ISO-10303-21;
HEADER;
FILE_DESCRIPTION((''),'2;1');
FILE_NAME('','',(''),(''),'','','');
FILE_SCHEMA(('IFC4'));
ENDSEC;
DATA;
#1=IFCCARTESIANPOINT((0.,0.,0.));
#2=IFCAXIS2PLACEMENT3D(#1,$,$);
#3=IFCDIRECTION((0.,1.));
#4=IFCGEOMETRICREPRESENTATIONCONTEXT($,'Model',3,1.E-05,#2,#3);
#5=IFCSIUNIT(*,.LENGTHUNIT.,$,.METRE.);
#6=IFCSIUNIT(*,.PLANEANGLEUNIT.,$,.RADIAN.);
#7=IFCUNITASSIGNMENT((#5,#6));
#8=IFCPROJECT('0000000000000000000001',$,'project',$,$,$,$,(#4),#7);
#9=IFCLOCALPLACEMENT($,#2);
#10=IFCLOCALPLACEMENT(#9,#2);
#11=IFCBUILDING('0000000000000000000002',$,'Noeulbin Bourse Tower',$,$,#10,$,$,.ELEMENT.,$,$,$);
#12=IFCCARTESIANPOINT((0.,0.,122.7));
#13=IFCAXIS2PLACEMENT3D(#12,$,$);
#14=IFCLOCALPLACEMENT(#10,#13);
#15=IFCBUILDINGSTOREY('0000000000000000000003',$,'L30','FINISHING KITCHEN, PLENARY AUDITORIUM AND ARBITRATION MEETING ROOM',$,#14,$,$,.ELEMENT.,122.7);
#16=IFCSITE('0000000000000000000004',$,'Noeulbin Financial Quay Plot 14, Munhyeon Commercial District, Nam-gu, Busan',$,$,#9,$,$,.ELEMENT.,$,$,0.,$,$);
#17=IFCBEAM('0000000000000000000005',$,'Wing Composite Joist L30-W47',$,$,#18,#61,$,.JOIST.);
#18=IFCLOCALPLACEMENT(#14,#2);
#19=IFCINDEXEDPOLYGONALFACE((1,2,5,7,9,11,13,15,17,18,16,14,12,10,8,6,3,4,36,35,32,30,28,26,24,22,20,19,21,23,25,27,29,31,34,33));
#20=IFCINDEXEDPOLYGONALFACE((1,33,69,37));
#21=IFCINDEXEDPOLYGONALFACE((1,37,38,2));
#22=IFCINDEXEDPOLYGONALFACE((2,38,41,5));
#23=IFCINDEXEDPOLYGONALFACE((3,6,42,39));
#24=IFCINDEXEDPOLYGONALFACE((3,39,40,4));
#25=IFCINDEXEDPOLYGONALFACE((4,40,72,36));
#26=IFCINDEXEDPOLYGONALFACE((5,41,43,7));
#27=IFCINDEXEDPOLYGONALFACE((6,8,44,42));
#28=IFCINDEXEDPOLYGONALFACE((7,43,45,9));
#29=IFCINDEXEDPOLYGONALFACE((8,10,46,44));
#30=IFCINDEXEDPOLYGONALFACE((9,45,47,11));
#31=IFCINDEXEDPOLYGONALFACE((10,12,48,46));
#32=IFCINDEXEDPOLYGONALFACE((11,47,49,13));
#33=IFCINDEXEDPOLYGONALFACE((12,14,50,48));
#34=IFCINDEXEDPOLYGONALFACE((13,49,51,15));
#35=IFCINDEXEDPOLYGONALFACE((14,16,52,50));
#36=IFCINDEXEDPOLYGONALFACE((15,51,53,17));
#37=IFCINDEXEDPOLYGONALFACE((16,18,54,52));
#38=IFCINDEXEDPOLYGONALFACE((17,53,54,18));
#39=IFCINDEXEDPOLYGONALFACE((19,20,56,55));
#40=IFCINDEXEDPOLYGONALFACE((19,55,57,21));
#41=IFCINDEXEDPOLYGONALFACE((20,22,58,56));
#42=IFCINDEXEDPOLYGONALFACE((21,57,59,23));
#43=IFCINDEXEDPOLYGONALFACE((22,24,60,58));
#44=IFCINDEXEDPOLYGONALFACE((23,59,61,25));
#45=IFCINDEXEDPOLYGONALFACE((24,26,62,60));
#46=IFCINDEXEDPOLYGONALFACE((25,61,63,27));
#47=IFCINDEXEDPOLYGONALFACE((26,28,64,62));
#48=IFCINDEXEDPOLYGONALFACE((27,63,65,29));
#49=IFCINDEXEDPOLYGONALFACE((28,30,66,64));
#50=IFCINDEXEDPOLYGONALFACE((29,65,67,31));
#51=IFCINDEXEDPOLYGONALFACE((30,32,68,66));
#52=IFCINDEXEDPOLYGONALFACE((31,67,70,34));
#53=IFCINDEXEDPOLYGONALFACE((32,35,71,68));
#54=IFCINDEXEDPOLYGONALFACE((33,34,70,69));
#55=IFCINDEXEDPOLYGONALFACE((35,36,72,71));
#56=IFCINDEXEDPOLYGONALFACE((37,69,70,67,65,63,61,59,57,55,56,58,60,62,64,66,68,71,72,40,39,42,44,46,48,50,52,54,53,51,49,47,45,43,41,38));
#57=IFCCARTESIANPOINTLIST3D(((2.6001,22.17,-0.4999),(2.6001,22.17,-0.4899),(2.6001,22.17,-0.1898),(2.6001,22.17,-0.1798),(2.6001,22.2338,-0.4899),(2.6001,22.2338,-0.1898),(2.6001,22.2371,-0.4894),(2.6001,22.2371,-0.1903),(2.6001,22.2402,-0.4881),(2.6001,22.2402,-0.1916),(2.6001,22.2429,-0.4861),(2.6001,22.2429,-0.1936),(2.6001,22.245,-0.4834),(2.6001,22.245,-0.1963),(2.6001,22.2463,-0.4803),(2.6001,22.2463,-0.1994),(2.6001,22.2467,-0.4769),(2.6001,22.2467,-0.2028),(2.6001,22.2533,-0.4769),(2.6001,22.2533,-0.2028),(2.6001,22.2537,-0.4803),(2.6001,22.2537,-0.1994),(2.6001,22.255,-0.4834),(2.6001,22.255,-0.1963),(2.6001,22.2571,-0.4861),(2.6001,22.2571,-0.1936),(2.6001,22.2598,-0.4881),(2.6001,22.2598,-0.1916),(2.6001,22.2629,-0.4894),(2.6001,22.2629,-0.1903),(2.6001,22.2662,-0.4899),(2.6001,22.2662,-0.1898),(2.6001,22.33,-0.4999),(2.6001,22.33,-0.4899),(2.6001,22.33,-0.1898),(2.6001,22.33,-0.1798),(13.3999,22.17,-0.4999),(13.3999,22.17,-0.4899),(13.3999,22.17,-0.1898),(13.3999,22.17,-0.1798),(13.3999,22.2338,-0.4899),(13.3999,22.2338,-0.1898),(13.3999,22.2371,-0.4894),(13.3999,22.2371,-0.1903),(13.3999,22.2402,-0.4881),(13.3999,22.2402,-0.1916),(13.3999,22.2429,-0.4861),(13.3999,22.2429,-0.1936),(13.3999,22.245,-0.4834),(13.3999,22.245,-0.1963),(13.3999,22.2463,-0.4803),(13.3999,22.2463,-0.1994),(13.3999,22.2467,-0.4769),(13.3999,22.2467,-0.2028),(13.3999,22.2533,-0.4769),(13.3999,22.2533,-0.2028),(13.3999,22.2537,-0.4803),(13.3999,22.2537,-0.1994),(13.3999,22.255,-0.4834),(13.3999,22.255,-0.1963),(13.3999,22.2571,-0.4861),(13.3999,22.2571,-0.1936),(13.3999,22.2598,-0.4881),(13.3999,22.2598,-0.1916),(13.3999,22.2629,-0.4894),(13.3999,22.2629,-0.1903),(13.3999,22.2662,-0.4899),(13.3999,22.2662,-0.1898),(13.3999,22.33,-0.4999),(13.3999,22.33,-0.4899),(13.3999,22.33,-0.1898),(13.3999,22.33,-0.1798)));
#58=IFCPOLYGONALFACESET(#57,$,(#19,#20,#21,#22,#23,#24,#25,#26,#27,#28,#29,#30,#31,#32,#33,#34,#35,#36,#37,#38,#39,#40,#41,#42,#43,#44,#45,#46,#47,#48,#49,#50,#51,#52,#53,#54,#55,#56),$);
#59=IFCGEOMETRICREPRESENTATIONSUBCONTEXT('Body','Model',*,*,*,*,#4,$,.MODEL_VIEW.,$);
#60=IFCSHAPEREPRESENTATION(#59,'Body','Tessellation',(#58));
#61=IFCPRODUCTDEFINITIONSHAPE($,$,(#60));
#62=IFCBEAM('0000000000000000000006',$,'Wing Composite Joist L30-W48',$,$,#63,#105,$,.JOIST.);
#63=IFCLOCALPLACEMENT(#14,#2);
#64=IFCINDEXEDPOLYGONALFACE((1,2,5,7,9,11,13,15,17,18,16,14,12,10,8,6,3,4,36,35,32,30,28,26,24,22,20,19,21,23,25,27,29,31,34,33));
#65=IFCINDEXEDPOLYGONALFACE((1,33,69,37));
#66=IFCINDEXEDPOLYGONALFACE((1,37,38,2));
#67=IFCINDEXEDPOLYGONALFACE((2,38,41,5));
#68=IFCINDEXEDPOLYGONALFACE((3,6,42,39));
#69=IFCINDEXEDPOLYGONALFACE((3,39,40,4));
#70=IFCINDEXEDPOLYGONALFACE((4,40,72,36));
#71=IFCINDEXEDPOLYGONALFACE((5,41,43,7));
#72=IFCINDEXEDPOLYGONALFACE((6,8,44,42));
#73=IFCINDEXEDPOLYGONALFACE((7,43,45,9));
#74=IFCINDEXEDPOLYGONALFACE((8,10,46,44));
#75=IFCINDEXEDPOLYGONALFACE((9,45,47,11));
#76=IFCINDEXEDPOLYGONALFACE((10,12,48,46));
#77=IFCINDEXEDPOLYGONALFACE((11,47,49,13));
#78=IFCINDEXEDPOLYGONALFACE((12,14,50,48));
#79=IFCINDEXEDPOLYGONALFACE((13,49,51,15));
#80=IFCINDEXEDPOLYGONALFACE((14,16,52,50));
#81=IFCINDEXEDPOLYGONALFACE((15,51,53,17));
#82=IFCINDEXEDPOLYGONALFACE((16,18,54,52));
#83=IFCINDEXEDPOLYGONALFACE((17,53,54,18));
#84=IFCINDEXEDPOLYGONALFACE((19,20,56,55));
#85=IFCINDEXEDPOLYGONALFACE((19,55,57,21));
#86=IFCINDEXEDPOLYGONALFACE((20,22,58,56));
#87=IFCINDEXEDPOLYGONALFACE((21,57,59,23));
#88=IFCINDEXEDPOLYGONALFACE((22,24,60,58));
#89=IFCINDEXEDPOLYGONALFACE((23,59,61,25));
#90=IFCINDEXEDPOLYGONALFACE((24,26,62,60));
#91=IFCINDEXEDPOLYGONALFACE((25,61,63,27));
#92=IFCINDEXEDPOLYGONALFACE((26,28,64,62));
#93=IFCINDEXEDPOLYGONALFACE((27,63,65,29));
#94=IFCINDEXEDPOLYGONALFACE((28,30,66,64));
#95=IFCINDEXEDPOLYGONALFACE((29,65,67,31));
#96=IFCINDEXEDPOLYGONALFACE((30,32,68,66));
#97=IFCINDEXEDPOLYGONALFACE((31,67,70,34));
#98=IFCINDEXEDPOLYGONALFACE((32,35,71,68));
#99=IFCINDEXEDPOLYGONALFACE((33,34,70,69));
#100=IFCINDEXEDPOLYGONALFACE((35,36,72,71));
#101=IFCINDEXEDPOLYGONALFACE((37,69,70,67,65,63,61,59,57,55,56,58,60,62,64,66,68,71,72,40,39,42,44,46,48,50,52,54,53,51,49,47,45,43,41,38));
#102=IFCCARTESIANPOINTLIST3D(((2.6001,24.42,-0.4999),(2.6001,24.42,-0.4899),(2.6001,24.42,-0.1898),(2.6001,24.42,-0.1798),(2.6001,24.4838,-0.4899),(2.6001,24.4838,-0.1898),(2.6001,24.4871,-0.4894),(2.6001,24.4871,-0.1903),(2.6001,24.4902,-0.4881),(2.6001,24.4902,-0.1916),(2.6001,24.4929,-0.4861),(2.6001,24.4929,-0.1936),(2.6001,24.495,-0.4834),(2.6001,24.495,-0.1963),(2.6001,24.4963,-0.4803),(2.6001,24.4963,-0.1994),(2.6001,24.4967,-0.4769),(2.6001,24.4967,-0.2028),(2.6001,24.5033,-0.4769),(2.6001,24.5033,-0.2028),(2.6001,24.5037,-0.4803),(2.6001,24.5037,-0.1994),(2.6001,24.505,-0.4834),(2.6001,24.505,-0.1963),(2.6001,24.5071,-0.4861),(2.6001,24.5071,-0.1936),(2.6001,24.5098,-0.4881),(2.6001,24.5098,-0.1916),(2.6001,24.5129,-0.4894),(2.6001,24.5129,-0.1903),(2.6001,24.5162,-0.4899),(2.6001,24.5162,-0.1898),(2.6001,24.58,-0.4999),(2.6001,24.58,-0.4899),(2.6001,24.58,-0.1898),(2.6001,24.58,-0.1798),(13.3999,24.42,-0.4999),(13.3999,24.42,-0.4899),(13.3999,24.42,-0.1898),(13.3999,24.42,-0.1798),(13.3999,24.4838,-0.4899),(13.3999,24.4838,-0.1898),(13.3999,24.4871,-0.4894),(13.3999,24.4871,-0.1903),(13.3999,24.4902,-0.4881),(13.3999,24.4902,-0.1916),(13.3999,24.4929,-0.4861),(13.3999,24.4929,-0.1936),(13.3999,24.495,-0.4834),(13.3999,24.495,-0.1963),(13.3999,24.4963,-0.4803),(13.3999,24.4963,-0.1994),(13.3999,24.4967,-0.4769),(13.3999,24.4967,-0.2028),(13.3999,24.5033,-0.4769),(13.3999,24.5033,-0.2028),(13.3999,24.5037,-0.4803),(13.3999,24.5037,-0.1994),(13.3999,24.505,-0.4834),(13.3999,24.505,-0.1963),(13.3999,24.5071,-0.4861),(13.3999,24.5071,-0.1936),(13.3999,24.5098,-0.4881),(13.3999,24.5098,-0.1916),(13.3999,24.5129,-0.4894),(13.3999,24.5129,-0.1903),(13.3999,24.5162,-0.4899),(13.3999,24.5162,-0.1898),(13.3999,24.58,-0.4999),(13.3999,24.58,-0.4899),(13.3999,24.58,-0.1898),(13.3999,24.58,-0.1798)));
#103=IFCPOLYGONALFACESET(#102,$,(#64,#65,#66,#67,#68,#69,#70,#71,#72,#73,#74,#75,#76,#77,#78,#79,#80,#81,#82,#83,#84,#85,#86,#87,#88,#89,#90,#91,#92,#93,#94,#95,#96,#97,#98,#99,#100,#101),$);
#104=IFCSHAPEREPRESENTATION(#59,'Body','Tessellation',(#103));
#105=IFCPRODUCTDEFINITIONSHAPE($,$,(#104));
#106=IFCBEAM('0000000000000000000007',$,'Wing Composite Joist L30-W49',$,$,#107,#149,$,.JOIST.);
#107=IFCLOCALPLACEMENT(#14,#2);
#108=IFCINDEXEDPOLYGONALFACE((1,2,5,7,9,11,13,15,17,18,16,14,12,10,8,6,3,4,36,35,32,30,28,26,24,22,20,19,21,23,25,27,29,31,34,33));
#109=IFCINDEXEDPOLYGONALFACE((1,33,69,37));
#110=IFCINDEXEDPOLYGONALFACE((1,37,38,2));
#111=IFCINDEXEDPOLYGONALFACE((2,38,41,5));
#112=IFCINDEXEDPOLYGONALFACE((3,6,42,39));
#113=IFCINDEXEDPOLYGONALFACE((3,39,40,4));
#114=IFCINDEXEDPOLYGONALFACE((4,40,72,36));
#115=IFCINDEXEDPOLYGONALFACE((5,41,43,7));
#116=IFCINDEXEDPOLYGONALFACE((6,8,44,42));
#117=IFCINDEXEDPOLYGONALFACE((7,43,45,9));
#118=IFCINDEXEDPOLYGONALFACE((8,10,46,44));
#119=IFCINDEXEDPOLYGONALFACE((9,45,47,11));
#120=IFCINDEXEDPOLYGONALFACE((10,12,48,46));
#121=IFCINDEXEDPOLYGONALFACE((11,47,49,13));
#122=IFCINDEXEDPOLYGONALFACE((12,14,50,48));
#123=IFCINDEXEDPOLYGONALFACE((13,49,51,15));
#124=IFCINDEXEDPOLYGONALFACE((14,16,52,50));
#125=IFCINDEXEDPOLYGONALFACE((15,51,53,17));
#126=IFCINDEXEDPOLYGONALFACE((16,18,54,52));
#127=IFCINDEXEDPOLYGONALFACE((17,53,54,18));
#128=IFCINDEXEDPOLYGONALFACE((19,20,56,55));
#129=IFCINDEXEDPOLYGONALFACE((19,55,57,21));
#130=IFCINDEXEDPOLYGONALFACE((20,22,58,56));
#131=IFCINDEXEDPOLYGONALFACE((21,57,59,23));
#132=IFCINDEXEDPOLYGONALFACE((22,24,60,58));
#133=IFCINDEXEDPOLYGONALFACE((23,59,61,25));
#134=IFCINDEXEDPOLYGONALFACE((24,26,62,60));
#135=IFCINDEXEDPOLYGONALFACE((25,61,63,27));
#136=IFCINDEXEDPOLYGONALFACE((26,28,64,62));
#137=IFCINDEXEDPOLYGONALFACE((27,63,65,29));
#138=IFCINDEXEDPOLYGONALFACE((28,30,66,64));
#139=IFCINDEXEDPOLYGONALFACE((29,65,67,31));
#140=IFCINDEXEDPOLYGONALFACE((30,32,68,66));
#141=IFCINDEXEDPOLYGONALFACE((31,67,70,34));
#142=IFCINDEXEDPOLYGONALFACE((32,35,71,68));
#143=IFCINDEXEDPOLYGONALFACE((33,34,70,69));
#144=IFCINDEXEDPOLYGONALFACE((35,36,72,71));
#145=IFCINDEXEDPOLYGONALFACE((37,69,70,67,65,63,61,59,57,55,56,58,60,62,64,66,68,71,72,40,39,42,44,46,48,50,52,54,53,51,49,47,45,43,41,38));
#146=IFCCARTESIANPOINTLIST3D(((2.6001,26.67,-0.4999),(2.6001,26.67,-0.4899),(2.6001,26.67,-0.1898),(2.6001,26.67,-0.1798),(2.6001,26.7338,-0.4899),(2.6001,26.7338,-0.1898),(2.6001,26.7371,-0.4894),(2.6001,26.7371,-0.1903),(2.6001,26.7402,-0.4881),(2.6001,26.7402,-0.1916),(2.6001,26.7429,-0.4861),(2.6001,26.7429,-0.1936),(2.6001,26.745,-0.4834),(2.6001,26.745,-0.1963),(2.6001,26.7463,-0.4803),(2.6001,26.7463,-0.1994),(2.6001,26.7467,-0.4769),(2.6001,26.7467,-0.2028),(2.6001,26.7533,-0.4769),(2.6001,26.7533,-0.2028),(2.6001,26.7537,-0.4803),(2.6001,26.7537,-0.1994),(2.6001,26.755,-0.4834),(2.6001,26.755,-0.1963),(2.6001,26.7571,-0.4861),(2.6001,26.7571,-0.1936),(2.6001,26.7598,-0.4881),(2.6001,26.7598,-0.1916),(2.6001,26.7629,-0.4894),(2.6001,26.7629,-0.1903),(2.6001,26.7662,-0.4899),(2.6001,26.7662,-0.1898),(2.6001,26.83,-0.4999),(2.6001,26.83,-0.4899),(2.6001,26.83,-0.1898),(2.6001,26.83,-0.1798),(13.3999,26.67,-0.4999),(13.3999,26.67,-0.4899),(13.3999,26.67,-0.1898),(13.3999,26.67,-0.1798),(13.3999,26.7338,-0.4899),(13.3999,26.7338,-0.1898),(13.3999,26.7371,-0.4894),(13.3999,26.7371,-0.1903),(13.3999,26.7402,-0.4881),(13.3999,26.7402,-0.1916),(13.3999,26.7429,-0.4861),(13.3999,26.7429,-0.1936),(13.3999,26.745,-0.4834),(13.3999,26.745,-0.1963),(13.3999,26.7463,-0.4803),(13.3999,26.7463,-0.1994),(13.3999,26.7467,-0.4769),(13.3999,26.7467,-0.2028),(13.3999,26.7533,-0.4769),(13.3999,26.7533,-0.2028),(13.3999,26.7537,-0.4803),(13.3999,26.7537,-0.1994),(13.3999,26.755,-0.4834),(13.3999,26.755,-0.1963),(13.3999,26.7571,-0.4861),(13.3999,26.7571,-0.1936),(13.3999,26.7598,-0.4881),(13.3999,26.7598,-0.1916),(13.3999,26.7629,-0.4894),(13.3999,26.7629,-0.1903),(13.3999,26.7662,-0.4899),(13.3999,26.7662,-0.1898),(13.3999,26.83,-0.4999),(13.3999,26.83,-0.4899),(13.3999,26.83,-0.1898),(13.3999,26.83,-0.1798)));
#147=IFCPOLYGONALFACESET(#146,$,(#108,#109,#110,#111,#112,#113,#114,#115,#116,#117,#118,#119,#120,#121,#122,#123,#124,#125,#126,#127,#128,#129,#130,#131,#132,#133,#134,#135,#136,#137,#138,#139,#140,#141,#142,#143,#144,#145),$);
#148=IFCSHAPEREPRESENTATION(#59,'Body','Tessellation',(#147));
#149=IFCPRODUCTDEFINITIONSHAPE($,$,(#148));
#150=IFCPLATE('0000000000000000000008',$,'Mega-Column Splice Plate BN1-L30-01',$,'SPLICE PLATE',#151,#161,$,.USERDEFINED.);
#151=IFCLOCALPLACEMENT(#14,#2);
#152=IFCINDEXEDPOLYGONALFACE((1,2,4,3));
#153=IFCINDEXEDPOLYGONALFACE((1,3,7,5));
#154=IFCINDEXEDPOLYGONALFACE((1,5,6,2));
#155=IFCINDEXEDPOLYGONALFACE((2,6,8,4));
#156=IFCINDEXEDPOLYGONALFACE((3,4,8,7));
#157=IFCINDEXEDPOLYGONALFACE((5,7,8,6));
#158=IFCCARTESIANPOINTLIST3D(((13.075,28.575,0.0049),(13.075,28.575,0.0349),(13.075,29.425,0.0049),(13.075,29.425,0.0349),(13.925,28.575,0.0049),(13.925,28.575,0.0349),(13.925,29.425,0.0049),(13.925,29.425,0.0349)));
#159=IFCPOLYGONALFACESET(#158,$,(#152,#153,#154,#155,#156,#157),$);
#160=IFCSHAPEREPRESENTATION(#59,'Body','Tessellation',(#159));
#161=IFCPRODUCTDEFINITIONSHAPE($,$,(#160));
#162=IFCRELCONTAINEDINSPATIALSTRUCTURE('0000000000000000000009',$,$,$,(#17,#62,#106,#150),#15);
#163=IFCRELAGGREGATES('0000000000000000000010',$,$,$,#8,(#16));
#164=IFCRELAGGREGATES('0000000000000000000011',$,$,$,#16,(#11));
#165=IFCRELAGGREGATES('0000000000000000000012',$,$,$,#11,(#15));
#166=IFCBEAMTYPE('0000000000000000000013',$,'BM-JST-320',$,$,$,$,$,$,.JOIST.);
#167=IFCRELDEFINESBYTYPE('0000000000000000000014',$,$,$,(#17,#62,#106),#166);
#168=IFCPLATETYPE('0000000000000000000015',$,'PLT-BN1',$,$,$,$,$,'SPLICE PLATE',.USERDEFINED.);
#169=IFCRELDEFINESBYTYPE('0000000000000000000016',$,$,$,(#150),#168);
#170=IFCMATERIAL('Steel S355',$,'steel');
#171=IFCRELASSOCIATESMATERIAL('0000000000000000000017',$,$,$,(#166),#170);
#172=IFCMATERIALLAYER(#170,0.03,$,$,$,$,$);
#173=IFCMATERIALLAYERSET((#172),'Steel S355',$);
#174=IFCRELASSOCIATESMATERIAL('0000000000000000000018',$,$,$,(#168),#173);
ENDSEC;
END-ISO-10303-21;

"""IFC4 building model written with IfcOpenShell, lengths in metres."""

from ifc_helpers import new_model, si_unit, direction, frame, origin, origin_2d, place, context, subcontext, project, spatial, rectangle, i_section, extrude, material, layer, layer_set, material_profile, profile_set, type_object, element, save


model = new_model("IFC4")

# Units and contexts
model_context = context("Model", 3, precision=1e-05, world=origin(), true_north=direction((0.0, 1.0)))
body_context = subcontext(model_context, "Body", "Model", "MODEL_VIEW")
ifc_project = project(units=[si_unit("LENGTHUNIT", "METRE"), si_unit("PLANEANGLEUNIT", "RADIAN")], contexts=[model_context])

# Site, building, storey
site_placement = place(None, origin())
site = spatial("IfcSite", under=ifc_project, at=site_placement, Name="Noeulbin Financial Quay Plot 14, Munhyeon Commercial District, Nam-gu, Busan", CompositionType="ELEMENT", RefElevation=0.0)
building_placement = place(site_placement, origin())
building = spatial("IfcBuilding", under=site, at=building_placement, Name="Noeulbin Bourse Tower", CompositionType="ELEMENT")
storey_placement = place(building_placement, frame((0.0, 0.0, 122.7)))
storey = spatial("IfcBuildingStorey", under=building, at=storey_placement, Name="L30", Description="FINISHING KITCHEN, PLENARY AUDITORIUM AND ARBITRATION MEETING ROOM", CompositionType="ELEMENT", Elevation=122.7)

# Beams
ifc_material_1 = material(Name="Steel S355", Category="steel")
ifc_material_profile_1 = material_profile(ifc_material_1, i_section(OverallWidth=0.1599, OverallDepth=0.3201, WebThickness=0.0066, FlangeThickness=0.01, FilletRadius=0.0129, at=origin_2d()), Name="H-320x160x6.5x10", Category="LoadBearing")
ifc_profile_set_1 = profile_set([ifc_material_profile_1], Name="Steel S355")
beam_type_1 = type_object("IfcBeamType", Name="BM-JST-320", PredefinedType="JOIST", material=ifc_profile_set_1)
for number, where, z_axis, x_axis, name in (
    (1, (2.6001, 22.25, -0.3398), (1.0, 0.0, 0.0), (0.0, 1.0, 0.0), "Wing Composite Joist L30-W47"),
    (2, (2.6001, 24.5, -0.3398), (1.0, 0.0, 0.0), (0.0, 1.0, 0.0), "Wing Composite Joist L30-W48"),
    (3, (2.6001, 26.75, -0.3398), (1.0, 0.0, 0.0), (0.0, 1.0, 0.0), "Wing Composite Joist L30-W49"),
):
    element("IfcBeam", number, at=place(storey_placement, frame(where, z_axis=z_axis, x_axis=x_axis)), inside=storey, type_object=beam_type_1, Name=name, PredefinedType="JOIST", context=body_context, shape_type="SweptSolid", body=[
        extrude(i_section(OverallWidth=0.1599, OverallDepth=0.3201, WebThickness=0.0066, FlangeThickness=0.01, FilletRadius=0.0129, at=origin_2d()), origin(), (0.0, 0.0, 1.0), 10.7998),
    ])

# Plate
ifc_layer_1 = layer(ifc_material_1, 0.03)
ifc_layer_set_1 = layer_set([ifc_layer_1], Name="Steel S355")
plate_type = type_object("IfcPlateType", Name="PLT-BN1", ElementType="SPLICE PLATE", PredefinedType="USERDEFINED", material=ifc_layer_set_1)
plate_placement = place(storey_placement, frame((13.5, 29.0, 0.0049), z_axis=(0.0, 0.0, 1.0), x_axis=(1.0, 0.0, 0.0)))
element("IfcPlate", 4, at=plate_placement, inside=storey, type_object=plate_type, Name="Mega-Column Splice Plate BN1-L30-01", ObjectType="SPLICE PLATE", PredefinedType="USERDEFINED", context=body_context, shape_type="SweptSolid", body=[
    extrude(rectangle(XDim=0.8501, YDim=0.8501, at=origin_2d()), origin(), (0.0, 0.0, 1.0), 0.03),
])

save(model, "model.ifc")
